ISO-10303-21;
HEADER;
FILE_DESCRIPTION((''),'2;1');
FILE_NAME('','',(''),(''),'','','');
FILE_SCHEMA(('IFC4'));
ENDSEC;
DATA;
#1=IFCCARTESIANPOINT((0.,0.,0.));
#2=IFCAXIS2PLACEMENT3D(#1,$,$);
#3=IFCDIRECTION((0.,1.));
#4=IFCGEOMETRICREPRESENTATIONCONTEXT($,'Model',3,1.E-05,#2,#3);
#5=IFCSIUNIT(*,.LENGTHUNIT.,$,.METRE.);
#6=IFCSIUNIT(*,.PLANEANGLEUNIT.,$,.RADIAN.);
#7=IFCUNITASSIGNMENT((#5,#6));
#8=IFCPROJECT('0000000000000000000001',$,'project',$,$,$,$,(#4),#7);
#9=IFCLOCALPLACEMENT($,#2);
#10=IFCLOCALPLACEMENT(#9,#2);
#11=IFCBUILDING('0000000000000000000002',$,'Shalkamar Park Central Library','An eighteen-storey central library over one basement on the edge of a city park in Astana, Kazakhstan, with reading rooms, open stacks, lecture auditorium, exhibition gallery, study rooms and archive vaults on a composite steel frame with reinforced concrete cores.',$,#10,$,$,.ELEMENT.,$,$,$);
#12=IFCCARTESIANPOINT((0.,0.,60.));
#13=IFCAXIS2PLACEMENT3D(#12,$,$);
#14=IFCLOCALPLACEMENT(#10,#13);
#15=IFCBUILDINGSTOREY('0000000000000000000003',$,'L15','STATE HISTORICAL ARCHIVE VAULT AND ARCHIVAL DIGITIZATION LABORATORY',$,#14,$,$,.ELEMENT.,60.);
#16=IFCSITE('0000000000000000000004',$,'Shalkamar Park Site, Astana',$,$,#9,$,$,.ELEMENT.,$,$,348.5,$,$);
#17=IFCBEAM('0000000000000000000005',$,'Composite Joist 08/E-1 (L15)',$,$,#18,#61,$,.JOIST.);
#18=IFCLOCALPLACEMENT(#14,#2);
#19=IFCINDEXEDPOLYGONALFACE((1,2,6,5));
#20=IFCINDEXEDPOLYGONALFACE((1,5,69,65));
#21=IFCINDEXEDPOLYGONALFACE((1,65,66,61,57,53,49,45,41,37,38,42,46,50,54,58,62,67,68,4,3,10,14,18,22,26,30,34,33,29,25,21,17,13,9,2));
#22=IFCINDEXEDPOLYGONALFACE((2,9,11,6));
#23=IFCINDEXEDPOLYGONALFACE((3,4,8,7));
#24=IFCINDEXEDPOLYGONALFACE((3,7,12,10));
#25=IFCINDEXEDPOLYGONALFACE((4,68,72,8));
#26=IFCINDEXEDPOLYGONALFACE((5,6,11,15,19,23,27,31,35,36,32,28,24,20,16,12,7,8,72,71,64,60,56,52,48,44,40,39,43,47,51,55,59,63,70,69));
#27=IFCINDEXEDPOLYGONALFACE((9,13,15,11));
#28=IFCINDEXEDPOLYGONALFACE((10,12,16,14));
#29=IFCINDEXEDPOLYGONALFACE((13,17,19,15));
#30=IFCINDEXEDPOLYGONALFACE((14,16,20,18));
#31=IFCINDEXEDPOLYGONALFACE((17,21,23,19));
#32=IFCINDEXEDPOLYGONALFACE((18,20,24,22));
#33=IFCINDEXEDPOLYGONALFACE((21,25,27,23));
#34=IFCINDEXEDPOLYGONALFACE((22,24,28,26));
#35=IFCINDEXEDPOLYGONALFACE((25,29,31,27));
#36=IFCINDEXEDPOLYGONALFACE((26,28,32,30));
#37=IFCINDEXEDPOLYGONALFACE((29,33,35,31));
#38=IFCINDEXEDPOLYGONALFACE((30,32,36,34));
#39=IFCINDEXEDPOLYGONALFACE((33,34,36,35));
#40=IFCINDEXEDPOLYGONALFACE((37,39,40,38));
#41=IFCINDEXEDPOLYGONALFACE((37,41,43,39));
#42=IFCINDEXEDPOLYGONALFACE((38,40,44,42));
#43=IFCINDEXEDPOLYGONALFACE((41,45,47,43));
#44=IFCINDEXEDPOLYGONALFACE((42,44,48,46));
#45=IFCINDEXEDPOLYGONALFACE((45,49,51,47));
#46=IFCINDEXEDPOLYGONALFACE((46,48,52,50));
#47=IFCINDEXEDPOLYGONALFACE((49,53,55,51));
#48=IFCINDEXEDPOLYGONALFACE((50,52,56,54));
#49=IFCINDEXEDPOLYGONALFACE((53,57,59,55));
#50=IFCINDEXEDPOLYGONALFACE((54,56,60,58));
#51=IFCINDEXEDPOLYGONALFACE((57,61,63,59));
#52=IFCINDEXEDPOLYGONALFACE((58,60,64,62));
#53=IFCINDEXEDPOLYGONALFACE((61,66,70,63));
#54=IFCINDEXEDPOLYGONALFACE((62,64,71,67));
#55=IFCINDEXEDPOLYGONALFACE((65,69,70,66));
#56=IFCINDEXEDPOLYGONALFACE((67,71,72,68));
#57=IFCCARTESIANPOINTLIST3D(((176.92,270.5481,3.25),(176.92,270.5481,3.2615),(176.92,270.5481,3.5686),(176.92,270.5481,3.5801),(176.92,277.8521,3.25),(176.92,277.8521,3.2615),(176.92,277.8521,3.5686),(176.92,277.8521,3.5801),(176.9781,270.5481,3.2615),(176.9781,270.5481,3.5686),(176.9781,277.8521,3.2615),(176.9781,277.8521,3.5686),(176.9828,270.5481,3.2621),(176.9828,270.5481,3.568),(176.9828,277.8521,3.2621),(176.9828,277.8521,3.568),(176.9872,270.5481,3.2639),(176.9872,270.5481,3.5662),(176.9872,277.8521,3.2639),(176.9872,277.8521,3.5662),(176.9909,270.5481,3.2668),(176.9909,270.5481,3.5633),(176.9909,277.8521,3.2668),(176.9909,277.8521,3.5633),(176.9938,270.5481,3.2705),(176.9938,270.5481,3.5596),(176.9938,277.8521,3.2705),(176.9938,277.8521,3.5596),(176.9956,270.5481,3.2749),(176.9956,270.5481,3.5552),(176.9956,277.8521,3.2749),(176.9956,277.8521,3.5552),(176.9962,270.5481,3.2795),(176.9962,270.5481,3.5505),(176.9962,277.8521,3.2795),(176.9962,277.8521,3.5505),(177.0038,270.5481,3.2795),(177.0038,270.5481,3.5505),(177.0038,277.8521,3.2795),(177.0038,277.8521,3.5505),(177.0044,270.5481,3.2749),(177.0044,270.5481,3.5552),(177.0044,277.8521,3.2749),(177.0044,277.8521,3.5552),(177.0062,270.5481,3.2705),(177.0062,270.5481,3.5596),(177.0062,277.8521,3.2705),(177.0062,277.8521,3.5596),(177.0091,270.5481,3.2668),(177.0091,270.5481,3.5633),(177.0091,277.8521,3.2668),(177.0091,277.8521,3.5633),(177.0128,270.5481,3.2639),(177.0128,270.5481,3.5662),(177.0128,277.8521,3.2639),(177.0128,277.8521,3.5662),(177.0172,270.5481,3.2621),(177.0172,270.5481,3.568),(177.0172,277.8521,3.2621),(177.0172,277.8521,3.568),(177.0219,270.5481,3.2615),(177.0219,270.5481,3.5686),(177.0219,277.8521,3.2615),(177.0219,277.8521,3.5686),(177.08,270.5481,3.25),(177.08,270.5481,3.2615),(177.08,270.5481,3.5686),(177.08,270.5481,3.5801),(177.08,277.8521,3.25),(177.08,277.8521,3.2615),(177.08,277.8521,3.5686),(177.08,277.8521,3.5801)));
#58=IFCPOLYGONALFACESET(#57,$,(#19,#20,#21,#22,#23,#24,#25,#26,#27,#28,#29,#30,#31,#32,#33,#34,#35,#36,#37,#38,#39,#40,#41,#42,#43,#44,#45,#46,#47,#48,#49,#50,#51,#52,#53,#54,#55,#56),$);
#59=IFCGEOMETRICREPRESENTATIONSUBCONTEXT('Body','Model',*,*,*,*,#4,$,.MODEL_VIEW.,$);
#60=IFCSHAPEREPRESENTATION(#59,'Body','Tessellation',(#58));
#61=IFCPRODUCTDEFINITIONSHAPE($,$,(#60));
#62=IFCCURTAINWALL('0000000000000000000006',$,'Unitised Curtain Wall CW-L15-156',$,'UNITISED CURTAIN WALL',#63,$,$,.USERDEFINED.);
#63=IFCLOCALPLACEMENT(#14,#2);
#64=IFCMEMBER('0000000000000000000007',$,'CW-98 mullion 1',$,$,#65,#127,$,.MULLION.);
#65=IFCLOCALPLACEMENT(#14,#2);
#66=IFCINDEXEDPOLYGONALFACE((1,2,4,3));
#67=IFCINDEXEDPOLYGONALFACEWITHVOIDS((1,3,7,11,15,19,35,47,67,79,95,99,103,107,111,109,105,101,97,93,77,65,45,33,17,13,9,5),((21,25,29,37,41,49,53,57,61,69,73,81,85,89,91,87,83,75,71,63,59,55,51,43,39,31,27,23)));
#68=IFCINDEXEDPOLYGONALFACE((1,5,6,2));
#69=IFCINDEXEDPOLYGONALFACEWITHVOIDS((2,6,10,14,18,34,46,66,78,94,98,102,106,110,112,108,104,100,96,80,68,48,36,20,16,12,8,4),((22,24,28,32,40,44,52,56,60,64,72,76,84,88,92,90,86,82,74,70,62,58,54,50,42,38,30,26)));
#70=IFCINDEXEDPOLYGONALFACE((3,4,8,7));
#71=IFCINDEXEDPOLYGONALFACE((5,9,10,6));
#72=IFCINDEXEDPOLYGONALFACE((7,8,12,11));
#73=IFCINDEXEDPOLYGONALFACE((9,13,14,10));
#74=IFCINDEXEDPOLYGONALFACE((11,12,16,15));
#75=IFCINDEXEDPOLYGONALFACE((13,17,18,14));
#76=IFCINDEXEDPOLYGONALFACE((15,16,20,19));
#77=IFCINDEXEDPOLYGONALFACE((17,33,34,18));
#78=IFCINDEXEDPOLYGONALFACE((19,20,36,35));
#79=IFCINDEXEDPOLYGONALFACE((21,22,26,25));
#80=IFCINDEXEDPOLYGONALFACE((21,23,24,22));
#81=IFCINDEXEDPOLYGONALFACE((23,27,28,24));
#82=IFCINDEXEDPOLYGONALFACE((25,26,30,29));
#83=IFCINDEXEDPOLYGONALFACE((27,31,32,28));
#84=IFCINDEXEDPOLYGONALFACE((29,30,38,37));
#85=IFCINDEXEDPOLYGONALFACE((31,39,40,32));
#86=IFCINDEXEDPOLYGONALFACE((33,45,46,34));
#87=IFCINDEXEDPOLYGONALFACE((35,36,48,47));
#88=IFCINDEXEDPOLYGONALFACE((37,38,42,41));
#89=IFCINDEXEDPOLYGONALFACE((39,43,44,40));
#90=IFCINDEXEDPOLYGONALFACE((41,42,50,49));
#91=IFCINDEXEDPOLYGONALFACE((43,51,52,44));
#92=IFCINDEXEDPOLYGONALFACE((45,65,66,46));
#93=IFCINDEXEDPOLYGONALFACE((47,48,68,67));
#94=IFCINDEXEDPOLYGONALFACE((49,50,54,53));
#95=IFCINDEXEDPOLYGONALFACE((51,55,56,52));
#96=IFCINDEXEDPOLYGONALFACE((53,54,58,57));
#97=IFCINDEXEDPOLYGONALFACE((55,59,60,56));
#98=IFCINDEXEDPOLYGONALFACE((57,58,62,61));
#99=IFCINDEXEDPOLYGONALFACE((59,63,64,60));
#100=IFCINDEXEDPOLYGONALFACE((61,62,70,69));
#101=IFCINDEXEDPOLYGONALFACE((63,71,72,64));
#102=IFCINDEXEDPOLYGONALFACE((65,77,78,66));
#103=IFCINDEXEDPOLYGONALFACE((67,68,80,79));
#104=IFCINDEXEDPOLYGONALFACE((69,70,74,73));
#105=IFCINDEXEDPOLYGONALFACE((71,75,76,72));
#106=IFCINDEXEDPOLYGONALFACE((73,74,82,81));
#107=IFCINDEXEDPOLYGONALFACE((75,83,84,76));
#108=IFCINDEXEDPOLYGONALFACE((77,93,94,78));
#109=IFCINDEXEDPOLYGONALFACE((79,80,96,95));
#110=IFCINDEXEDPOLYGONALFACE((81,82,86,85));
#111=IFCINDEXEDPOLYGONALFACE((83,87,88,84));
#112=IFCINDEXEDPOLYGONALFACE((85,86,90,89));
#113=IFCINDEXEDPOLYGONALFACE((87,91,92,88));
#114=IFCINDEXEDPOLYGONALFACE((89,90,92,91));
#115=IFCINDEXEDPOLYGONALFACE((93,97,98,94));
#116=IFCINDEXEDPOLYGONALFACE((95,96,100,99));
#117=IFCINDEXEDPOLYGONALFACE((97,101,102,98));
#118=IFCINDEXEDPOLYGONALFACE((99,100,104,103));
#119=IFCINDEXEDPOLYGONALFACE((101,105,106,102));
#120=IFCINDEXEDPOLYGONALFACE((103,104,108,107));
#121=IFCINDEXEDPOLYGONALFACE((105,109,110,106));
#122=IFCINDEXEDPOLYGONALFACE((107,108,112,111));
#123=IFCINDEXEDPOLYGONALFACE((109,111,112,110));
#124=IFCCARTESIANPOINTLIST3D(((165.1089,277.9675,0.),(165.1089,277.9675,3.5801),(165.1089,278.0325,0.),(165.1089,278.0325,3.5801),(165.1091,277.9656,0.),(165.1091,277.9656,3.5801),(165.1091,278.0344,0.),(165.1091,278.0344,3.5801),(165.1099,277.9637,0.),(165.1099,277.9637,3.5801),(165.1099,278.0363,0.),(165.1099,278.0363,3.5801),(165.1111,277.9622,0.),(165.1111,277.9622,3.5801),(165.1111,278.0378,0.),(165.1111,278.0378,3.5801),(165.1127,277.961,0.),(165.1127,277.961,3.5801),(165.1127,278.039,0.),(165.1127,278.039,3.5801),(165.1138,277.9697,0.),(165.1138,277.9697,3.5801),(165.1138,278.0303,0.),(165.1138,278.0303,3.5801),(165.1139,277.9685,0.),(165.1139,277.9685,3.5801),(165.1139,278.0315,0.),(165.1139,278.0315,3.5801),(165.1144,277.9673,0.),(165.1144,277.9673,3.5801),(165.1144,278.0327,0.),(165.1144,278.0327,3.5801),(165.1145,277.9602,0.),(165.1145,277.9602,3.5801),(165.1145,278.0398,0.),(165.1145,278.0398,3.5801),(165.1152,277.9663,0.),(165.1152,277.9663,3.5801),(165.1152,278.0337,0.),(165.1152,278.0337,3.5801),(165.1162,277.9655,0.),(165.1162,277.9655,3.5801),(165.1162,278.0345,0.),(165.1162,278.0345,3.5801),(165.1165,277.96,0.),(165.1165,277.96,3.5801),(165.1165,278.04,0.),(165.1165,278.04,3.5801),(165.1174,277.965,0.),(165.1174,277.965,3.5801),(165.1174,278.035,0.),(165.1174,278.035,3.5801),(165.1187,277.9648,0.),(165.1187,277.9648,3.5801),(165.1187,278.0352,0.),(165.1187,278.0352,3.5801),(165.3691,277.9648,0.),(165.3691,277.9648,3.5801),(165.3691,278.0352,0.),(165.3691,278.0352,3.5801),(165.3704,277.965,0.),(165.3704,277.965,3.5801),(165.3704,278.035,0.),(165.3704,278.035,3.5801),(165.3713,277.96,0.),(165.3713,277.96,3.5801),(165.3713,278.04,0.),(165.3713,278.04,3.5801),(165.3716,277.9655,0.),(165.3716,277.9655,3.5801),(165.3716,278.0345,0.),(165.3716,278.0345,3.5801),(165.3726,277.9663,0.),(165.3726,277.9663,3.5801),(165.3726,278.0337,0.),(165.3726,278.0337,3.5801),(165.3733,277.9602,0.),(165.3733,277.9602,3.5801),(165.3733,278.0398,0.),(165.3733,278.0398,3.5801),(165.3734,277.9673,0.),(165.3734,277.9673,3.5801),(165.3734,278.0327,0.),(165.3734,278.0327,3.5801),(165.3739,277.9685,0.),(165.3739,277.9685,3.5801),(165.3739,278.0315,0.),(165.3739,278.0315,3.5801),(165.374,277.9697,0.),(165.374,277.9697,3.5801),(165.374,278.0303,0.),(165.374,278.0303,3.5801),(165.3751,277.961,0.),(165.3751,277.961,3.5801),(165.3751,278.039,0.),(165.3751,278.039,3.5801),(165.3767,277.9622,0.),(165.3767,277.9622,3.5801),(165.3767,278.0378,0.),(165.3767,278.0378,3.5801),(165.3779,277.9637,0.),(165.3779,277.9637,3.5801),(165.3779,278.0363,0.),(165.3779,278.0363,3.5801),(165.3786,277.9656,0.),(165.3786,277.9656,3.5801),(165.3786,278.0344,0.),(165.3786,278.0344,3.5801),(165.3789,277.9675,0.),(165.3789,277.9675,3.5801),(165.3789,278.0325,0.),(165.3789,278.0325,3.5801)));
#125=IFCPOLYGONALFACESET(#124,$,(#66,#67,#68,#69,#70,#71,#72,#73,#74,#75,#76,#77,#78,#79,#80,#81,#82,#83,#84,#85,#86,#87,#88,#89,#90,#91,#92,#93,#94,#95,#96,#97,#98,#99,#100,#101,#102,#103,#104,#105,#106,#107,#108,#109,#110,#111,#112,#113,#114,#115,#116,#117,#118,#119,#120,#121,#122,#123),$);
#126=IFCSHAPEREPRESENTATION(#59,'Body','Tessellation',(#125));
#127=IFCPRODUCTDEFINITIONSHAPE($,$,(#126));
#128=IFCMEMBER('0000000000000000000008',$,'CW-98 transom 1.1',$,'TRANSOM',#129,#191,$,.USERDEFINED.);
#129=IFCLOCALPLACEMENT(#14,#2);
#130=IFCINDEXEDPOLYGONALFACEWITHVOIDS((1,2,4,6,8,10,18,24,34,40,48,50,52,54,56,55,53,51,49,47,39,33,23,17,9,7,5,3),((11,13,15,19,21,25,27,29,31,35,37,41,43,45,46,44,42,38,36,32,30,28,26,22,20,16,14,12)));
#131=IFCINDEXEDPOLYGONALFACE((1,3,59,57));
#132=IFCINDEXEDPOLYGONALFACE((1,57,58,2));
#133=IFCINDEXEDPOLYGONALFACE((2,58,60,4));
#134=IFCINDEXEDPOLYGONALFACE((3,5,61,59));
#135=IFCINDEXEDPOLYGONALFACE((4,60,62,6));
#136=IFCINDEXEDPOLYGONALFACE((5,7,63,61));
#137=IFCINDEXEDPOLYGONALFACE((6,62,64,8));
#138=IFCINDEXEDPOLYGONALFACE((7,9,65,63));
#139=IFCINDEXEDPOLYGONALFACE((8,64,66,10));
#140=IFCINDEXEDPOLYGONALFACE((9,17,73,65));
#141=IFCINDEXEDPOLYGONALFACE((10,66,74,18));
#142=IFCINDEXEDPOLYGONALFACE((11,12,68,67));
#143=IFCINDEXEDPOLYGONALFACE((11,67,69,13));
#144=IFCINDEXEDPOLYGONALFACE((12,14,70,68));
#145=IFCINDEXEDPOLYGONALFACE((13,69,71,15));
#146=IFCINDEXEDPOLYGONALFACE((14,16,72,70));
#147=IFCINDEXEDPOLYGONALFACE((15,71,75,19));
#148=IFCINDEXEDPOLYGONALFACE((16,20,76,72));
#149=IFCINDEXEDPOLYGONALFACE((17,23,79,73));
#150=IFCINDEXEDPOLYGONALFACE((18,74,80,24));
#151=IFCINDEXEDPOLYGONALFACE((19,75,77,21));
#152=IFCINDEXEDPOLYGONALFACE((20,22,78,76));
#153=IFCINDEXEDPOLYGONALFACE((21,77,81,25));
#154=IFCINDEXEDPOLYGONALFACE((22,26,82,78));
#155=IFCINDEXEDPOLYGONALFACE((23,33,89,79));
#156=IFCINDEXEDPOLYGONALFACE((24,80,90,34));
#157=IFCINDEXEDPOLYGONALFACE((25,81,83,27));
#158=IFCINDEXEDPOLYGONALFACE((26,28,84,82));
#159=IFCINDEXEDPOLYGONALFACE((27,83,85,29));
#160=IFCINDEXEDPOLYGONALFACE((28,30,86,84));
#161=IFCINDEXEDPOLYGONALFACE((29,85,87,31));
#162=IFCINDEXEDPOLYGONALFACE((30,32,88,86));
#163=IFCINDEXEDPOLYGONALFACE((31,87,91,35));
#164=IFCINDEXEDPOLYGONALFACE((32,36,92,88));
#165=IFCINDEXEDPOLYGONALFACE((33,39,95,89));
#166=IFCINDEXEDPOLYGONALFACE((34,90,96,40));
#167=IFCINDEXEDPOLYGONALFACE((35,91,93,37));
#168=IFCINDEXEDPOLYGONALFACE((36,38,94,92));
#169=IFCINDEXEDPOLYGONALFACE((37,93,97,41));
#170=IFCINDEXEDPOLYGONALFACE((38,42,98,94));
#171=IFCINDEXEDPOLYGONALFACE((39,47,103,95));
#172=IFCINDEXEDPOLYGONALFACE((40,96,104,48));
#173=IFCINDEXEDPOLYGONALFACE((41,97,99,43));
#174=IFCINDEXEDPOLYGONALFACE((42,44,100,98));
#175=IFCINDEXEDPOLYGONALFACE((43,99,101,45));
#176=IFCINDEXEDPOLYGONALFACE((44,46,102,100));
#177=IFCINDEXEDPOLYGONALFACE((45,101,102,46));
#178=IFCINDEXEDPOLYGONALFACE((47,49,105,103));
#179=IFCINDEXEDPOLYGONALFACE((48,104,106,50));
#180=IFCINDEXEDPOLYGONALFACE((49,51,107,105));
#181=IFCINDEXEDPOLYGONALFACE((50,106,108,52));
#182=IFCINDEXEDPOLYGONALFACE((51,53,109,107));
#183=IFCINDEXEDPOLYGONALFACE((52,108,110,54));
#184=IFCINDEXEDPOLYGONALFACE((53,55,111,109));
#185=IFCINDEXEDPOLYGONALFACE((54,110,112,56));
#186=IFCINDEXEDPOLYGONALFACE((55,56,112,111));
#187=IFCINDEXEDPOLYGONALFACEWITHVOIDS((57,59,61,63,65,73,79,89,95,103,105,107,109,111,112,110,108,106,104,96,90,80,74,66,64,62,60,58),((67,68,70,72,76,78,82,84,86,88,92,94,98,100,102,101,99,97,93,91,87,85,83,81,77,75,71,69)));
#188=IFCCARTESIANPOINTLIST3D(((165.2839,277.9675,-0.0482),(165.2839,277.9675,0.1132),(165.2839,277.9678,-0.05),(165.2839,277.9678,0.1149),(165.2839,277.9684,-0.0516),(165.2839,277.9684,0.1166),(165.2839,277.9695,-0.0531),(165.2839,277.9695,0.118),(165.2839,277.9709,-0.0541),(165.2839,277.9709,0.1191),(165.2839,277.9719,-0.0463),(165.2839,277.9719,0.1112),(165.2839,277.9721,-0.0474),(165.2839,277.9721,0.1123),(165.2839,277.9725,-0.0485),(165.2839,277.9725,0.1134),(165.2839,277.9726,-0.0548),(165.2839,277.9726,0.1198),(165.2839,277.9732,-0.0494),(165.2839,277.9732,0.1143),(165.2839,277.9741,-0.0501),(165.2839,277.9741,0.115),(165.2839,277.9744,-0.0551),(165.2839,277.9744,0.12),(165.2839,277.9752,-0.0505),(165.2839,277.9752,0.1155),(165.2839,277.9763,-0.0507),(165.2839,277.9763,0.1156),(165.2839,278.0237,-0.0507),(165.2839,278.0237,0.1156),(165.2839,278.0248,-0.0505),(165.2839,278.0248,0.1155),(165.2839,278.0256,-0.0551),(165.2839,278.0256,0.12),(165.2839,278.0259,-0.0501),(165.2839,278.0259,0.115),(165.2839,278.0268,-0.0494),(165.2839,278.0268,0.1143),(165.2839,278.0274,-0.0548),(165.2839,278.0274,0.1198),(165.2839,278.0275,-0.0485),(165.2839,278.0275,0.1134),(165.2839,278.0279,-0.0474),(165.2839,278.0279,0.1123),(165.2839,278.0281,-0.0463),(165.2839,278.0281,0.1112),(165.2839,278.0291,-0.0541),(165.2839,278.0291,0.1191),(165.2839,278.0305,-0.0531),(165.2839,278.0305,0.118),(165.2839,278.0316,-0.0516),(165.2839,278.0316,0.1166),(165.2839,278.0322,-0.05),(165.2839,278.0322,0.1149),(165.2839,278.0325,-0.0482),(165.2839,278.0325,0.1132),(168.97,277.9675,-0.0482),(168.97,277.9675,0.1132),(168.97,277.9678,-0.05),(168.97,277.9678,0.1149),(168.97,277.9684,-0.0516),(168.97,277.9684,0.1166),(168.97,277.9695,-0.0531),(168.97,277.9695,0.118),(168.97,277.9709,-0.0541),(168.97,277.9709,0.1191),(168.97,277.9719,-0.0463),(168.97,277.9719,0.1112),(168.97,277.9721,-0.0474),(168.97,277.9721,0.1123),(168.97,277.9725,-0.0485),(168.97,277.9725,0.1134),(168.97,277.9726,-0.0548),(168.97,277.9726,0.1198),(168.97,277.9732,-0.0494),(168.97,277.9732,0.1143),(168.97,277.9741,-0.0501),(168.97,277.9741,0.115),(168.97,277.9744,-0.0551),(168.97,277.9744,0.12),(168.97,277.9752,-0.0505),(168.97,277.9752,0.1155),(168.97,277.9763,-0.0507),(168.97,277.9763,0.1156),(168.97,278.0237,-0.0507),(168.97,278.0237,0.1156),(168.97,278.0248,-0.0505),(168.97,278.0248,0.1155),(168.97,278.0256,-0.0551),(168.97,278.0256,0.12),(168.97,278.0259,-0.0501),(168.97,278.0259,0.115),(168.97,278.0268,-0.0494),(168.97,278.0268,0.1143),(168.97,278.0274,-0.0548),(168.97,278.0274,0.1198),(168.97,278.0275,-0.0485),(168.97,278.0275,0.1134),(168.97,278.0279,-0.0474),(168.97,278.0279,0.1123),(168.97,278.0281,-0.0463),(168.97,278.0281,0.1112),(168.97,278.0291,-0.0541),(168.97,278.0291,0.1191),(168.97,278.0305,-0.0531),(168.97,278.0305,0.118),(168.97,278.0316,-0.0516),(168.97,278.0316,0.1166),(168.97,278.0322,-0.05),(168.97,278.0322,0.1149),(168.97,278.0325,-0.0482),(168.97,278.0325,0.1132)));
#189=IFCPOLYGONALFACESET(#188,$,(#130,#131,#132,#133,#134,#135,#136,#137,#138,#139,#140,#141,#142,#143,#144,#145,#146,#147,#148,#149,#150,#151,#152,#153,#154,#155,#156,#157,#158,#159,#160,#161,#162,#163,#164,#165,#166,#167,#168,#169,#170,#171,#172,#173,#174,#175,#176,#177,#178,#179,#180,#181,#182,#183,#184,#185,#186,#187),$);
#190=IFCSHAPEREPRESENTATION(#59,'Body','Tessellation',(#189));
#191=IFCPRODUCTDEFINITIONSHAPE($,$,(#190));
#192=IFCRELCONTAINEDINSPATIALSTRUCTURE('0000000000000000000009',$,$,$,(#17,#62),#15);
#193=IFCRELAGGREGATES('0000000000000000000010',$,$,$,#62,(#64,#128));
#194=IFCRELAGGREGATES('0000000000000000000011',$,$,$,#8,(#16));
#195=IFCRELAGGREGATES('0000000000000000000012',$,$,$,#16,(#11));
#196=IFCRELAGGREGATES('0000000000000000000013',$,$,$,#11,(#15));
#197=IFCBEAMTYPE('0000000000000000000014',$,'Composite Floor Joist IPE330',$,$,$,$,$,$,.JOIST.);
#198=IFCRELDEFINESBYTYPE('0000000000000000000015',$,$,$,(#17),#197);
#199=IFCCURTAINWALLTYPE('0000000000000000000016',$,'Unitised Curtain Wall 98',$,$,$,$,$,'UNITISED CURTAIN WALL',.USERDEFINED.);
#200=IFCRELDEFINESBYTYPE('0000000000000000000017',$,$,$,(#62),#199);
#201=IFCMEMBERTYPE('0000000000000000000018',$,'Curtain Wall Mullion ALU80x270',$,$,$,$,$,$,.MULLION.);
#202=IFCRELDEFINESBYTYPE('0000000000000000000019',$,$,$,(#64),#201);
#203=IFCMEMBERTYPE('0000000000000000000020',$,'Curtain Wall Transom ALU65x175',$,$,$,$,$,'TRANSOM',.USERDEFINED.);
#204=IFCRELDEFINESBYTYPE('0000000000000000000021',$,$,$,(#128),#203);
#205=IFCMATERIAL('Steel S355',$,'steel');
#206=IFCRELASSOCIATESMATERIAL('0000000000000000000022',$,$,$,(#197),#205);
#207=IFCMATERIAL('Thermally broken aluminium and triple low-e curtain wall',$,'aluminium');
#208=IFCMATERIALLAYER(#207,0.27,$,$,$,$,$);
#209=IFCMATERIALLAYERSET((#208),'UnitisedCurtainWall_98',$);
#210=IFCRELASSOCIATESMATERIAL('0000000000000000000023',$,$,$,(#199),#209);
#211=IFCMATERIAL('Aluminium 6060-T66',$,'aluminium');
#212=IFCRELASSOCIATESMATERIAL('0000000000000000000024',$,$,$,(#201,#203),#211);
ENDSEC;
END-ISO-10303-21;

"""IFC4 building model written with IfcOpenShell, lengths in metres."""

from ifc_helpers import new_model, si_unit, direction, frame, origin, origin_2d, place, context, subcontext, project, spatial, hollow_rectangle, i_section, extrude, material, layer, layer_set, material_profile, profile_set, type_object, element, aggregate, save


model = new_model("IFC4")

# Units and contexts
model_context = context("Model", 3, precision=1e-05, world=origin(), true_north=direction((0.0, 1.0)))
body_context = subcontext(model_context, "Body", "Model", "MODEL_VIEW")
ifc_project = project(units=[si_unit("LENGTHUNIT", "METRE"), si_unit("PLANEANGLEUNIT", "RADIAN")], contexts=[model_context])

# Site, building, storey
site_placement = place(None, origin())
site = spatial("IfcSite", under=ifc_project, at=site_placement, Name="Shalkamar Park Site, Astana", CompositionType="ELEMENT", RefElevation=348.5)
building_placement = place(site_placement, origin())
building = spatial("IfcBuilding", under=site, at=building_placement, Name="Shalkamar Park Central Library", Description="An eighteen-storey central library over one basement on the edge of a city park in Astana, Kazakhstan, with reading rooms, open stacks, lecture auditorium, exhibition gallery, study rooms and archive vaults on a composite steel frame with reinforced concrete cores.", CompositionType="ELEMENT")
storey_placement = place(building_placement, frame((0.0, 0.0, 60.0)))
storey = spatial("IfcBuildingStorey", under=building, at=storey_placement, Name="L15", Description="STATE HISTORICAL ARCHIVE VAULT AND ARCHIVAL DIGITIZATION LABORATORY", CompositionType="ELEMENT", Elevation=60.0)

# Shared definitions
ifc_material_1 = material(Name="Steel S355", Category="steel")

# Beam
ifc_material_profile_1 = material_profile(ifc_material_1, i_section(OverallWidth=0.1599, OverallDepth=0.3301, WebThickness=0.0076, FlangeThickness=0.0115, FilletRadius=0.0181, at=origin_2d()), Name="IPE 330")
ifc_profile_set_1 = profile_set([ifc_material_profile_1], Name="Steel S355")
beam_type_1 = type_object("IfcBeamType", Name="Composite Floor Joist IPE330", PredefinedType="JOIST", material=ifc_profile_set_1)
for number, where, z_axis, x_axis, name in (
    (1, (177.0, 270.5481, 3.415), (0.0, 1.0, 0.0), (-1.0, 0.0, 0.0), "Composite Joist 08/E-1 (L15)"),
):
    element("IfcBeam", number, at=place(storey_placement, frame(where, z_axis=z_axis, x_axis=x_axis)), inside=storey, type_object=beam_type_1, Name=name, PredefinedType="JOIST", context=body_context, shape_type="SweptSolid", body=[
        extrude(i_section(OverallWidth=0.1599, OverallDepth=0.3301, WebThickness=0.0076, FlangeThickness=0.0115, FilletRadius=0.0181, at=origin_2d()), origin(), (0.0, 0.0, 1.0), 7.304),
    ])

# Curtain wall, members
ifc_material_2 = material(Name="Thermally broken aluminium and triple low-e curtain wall", Category="aluminium")
ifc_layer_1 = layer(ifc_material_2, 0.27)
ifc_layer_set_1 = layer_set([ifc_layer_1], Name="UnitisedCurtainWall_98")
curtain_wall_type = type_object("IfcCurtainWallType", Name="Unitised Curtain Wall 98", ElementType="UNITISED CURTAIN WALL", PredefinedType="USERDEFINED", material=ifc_layer_set_1)
curtain_wall_placement = place(storey_placement, origin())
curtain_wall = element("IfcCurtainWall", 2, at=curtain_wall_placement, inside=storey, type_object=curtain_wall_type, Name="Unitised Curtain Wall CW-L15-156", ObjectType="UNITISED CURTAIN WALL", PredefinedType="USERDEFINED")
ifc_material_3 = material(Name="Aluminium 6060-T66", Category="aluminium")
ifc_material_profile_2 = material_profile(ifc_material_3, hollow_rectangle(XDim=0.0801, YDim=0.27, WallThickness=0.0049, InnerFilletRadius=0.0049, OuterFilletRadius=0.0076, at=origin_2d()), Name="ALU 80x270x5")
ifc_profile_set_2 = profile_set([ifc_material_profile_2], Name="Aluminium 6060-T66")
member_type_1 = type_object("IfcMemberType", Name="Curtain Wall Mullion ALU80x270", PredefinedType="MULLION", material=ifc_profile_set_2)
member_1_placement = place(storey_placement, frame((165.2439, 278.0, 0.0), z_axis=(0.0, 0.0, 1.0), x_axis=(0.0, 1.0, 0.0)))
member_1 = element("IfcMember", 3, at=member_1_placement, type_object=member_type_1, Name="CW-98 mullion 1", PredefinedType="MULLION", context=body_context, shape_type="SweptSolid", body=[
    extrude(hollow_rectangle(XDim=0.0801, YDim=0.27, WallThickness=0.0049, InnerFilletRadius=0.0049, OuterFilletRadius=0.0076, at=origin_2d()), origin(), (0.0, 0.0, 1.0), 3.5801),
])
ifc_material_profile_3 = material_profile(ifc_material_3, hollow_rectangle(XDim=0.0649, YDim=0.175, WallThickness=0.0044, InnerFilletRadius=0.0044, OuterFilletRadius=0.0068, at=origin_2d()), Name="ALU 65x175x4.5")
ifc_profile_set_3 = profile_set([ifc_material_profile_3], Name="Aluminium 6060-T66")
member_type_2 = type_object("IfcMemberType", Name="Curtain Wall Transom ALU65x175", ElementType="TRANSOM", PredefinedType="USERDEFINED", material=ifc_profile_set_3)
member_2_placement = place(storey_placement, frame((165.2839, 278.0, 0.0325), z_axis=(1.0, 0.0, 0.0), x_axis=(0.0, 1.0, 0.0)))
member_2 = element("IfcMember", 4, at=member_2_placement, type_object=member_type_2, Name="CW-98 transom 1.1", ObjectType="TRANSOM", PredefinedType="USERDEFINED", context=body_context, shape_type="SweptSolid", body=[
    extrude(hollow_rectangle(XDim=0.0649, YDim=0.175, WallThickness=0.0044, InnerFilletRadius=0.0044, OuterFilletRadius=0.0068, at=origin_2d()), origin(), (0.0, 0.0, 1.0), 3.686),
])
aggregate(curtain_wall, [member_1, member_2])

save(model, "model.ifc")
